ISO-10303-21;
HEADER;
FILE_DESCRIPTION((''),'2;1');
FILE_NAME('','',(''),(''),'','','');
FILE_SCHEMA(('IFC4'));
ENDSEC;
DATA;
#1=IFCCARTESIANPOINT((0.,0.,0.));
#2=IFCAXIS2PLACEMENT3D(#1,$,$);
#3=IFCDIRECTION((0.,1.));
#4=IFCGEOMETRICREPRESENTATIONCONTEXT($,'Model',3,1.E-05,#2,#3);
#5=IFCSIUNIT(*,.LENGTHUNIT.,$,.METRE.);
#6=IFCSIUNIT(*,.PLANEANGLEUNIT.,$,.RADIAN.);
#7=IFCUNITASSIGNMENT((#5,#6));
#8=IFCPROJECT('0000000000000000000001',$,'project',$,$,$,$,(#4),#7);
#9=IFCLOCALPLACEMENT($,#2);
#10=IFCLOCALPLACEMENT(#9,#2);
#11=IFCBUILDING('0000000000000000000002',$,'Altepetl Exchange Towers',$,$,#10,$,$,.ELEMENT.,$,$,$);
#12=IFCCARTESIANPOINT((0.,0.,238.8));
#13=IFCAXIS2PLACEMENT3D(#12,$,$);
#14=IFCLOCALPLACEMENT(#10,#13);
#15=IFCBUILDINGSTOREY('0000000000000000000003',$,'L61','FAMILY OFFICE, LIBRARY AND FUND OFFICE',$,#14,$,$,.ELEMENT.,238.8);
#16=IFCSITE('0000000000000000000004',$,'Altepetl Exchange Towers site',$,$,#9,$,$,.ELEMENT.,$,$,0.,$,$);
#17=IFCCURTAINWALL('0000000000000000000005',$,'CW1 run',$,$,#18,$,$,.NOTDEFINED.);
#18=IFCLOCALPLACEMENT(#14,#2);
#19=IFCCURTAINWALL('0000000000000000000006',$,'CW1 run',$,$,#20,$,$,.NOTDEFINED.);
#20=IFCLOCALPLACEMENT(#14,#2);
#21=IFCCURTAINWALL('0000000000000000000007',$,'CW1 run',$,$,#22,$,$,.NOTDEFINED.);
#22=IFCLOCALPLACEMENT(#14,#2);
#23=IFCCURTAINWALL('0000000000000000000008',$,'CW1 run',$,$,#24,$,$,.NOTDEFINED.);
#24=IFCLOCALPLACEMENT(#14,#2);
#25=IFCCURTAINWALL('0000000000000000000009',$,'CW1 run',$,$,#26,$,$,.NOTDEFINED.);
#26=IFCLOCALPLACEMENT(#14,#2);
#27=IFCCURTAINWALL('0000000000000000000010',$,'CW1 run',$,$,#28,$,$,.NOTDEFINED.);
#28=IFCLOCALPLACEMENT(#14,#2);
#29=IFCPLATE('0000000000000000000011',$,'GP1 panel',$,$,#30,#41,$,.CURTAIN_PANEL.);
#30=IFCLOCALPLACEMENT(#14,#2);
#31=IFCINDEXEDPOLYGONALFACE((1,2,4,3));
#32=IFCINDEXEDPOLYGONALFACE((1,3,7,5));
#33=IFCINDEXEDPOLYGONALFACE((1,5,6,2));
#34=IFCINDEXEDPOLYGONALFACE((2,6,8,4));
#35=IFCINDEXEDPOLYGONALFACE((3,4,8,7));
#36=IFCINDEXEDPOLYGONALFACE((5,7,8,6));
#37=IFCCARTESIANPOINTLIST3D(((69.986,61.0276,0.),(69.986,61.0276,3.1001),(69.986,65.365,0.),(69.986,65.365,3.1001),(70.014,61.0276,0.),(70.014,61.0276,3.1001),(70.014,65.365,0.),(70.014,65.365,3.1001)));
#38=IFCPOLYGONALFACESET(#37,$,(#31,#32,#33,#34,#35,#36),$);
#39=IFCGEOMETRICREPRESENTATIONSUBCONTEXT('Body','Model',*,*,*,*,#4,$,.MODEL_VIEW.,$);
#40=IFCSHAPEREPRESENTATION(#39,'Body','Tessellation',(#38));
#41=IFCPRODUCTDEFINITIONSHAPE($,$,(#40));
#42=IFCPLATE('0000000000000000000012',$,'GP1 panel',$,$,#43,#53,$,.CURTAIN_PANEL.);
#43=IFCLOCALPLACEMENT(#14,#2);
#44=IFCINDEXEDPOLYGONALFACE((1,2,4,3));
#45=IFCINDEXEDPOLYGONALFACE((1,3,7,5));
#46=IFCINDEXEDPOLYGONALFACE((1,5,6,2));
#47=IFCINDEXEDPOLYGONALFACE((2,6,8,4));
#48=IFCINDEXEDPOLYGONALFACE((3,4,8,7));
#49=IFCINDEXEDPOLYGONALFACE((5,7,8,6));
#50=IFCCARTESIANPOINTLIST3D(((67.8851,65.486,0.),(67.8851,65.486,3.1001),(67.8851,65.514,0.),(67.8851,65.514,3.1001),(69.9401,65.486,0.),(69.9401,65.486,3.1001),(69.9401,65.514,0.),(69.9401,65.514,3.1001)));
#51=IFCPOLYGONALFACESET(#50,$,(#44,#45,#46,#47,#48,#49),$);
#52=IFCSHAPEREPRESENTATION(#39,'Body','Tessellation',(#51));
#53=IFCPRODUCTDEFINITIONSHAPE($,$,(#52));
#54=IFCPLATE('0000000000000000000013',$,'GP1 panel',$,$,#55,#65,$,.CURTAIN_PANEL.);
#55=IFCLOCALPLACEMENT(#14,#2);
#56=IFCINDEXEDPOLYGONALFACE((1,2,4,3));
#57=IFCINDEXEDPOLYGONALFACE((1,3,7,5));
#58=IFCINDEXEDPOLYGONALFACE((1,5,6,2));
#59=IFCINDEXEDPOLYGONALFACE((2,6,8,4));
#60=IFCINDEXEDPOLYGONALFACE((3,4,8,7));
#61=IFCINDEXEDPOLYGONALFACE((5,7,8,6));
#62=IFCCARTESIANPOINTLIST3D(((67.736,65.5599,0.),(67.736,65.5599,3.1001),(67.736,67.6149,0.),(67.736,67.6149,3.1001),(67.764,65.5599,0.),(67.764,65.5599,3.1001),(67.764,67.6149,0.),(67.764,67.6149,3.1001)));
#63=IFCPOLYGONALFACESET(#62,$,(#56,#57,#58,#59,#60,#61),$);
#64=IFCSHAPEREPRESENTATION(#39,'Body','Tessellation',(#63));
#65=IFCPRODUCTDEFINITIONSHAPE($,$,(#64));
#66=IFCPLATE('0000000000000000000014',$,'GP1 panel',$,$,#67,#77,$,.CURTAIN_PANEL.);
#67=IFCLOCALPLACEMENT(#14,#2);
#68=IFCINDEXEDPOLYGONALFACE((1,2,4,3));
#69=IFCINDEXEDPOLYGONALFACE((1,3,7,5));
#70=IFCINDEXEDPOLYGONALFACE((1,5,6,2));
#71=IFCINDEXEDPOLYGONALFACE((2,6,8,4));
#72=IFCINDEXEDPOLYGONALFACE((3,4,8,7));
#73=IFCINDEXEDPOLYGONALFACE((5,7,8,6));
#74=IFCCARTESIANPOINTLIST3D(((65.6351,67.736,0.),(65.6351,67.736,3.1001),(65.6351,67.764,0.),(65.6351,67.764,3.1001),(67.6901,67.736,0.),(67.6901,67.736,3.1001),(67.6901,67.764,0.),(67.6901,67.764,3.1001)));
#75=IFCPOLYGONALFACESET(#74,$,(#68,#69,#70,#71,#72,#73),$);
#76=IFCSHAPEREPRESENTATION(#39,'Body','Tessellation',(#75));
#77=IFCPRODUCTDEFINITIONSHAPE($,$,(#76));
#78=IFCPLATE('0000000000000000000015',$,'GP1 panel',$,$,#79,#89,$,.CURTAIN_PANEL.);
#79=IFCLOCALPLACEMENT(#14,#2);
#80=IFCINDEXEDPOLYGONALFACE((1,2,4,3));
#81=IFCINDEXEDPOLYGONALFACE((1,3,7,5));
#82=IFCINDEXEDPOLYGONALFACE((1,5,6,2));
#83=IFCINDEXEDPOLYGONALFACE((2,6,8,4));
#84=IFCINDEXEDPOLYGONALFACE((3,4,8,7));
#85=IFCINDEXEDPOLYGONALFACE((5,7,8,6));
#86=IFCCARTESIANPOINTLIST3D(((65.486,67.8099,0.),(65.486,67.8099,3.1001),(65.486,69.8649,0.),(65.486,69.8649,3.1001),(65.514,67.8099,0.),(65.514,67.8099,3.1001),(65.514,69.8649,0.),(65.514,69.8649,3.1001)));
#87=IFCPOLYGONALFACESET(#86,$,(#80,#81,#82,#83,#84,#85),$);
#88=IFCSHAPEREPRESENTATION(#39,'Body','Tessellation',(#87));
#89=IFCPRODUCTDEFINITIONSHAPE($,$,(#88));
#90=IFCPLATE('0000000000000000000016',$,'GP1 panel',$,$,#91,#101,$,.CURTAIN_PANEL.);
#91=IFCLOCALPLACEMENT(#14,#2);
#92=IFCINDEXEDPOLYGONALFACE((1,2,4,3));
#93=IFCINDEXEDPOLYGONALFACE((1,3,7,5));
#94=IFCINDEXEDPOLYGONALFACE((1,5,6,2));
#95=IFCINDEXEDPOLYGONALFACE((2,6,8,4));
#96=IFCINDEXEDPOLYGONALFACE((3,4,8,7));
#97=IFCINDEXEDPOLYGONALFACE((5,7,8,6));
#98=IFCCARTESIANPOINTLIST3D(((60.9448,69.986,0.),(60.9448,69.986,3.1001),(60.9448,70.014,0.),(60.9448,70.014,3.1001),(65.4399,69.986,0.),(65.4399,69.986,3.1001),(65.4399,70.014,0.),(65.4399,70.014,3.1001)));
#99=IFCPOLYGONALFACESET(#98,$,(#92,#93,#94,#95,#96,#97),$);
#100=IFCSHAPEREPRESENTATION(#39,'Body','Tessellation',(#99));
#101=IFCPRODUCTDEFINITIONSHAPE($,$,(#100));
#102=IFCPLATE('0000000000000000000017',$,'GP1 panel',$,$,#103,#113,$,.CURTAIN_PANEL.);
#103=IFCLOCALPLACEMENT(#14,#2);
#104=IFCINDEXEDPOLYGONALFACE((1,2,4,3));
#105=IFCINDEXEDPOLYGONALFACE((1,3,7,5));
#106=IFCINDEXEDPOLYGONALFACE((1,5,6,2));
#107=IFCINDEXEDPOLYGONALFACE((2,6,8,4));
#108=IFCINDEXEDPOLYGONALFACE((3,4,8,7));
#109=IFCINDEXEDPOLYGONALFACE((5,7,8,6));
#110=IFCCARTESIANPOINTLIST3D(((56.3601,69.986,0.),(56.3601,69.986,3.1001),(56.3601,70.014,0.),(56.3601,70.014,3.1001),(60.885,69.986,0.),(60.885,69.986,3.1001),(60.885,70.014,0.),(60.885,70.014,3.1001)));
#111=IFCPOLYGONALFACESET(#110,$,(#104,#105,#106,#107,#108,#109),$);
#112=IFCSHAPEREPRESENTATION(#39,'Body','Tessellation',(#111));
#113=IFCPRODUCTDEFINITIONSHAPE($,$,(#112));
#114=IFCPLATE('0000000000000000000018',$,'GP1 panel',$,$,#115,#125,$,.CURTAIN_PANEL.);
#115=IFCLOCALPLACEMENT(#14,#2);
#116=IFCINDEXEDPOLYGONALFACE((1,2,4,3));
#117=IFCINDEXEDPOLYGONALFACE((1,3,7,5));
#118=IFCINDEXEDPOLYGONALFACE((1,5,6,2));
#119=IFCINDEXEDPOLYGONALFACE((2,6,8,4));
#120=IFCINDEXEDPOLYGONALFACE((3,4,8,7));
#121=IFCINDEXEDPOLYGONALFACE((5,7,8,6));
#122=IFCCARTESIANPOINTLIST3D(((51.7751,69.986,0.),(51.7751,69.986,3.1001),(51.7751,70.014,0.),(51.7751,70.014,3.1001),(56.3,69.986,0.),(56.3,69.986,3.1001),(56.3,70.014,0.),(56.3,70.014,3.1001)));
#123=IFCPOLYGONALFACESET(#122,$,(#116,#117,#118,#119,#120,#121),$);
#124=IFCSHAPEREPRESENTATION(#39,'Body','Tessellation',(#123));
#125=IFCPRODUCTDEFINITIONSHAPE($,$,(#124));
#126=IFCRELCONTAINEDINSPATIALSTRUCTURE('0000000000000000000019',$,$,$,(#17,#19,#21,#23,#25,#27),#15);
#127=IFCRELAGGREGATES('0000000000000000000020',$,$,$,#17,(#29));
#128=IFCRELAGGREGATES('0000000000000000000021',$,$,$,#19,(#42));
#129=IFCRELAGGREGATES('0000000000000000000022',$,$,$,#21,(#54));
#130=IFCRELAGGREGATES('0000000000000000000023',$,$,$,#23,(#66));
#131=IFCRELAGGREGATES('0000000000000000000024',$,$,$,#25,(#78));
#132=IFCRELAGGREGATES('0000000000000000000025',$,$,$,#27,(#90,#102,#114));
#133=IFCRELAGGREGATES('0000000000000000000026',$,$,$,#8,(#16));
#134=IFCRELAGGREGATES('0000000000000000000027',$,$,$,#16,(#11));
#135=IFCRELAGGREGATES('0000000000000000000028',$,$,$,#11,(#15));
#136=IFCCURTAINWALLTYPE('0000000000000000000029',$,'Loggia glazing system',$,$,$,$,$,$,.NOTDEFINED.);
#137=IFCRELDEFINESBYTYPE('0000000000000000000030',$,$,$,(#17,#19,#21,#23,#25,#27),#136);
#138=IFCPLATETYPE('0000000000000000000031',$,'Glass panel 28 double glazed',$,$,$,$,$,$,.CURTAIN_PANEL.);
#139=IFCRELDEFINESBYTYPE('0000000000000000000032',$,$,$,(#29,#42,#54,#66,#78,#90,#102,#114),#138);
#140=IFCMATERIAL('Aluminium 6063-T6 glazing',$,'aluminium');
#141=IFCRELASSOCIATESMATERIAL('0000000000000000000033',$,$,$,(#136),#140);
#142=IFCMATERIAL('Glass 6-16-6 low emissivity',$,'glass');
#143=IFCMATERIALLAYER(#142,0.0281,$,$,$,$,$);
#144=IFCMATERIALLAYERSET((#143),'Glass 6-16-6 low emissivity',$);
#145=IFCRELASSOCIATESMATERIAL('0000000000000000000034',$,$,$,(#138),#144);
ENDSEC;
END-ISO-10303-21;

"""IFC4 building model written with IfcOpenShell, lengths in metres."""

from ifc_helpers import new_model, si_unit, direction, frame, origin, origin_2d, place, context, subcontext, project, spatial, rectangle, extrude, material, layer, layer_set, type_object, element, aggregate, save


model = new_model("IFC4")

# Units and contexts
model_context = context("Model", 3, precision=1e-05, world=origin(), true_north=direction((0.0, 1.0)))
body_context = subcontext(model_context, "Body", "Model", "MODEL_VIEW")
ifc_project = project(units=[si_unit("LENGTHUNIT", "METRE"), si_unit("PLANEANGLEUNIT", "RADIAN")], contexts=[model_context])

# Site, building, storey
site_placement = place(None, origin())
site = spatial("IfcSite", under=ifc_project, at=site_placement, Name="Altepetl Exchange Towers site", CompositionType="ELEMENT", RefElevation=0.0)
building_placement = place(site_placement, origin())
building = spatial("IfcBuilding", under=site, at=building_placement, Name="Altepetl Exchange Towers", CompositionType="ELEMENT")
storey_placement = place(building_placement, frame((0.0, 0.0, 238.8)))
storey = spatial("IfcBuildingStorey", under=building, at=storey_placement, Name="L61", Description="FAMILY OFFICE, LIBRARY AND FUND OFFICE", CompositionType="ELEMENT", Elevation=238.8)

# Curtain wall
ifc_material_1 = material(Name="Aluminium 6063-T6 glazing", Category="aluminium")
curtain_wall_type = type_object("IfcCurtainWallType", Name="Loggia glazing system", PredefinedType="NOTDEFINED", material=ifc_material_1)
curtain_wall_1_placement = place(storey_placement, origin())
curtain_wall_1 = element("IfcCurtainWall", 1, at=curtain_wall_1_placement, inside=storey, type_object=curtain_wall_type, Name="CW1 run", PredefinedType="NOTDEFINED")

# Curtain walls
curtain_wall_2_placement = place(storey_placement, origin())
curtain_wall_2 = element("IfcCurtainWall", 2, at=curtain_wall_2_placement, inside=storey, type_object=curtain_wall_type, Name="CW1 run", PredefinedType="NOTDEFINED")
curtain_wall_3_placement = place(storey_placement, origin())
curtain_wall_3 = element("IfcCurtainWall", 3, at=curtain_wall_3_placement, inside=storey, type_object=curtain_wall_type, Name="CW1 run", PredefinedType="NOTDEFINED")
curtain_wall_4_placement = place(storey_placement, origin())
curtain_wall_4 = element("IfcCurtainWall", 4, at=curtain_wall_4_placement, inside=storey, type_object=curtain_wall_type, Name="CW1 run", PredefinedType="NOTDEFINED")
curtain_wall_5_placement = place(storey_placement, origin())
curtain_wall_5 = element("IfcCurtainWall", 5, at=curtain_wall_5_placement, inside=storey, type_object=curtain_wall_type, Name="CW1 run", PredefinedType="NOTDEFINED")
curtain_wall_6_placement = place(storey_placement, origin())
curtain_wall_6 = element("IfcCurtainWall", 6, at=curtain_wall_6_placement, inside=storey, type_object=curtain_wall_type, Name="CW1 run", PredefinedType="NOTDEFINED")

# Plates
ifc_material_2 = material(Name="Glass 6-16-6 low emissivity", Category="glass")
ifc_layer = layer(ifc_material_2, 0.0281)
ifc_layer_set = layer_set([ifc_layer], Name="Glass 6-16-6 low emissivity")
plate_type = type_object("IfcPlateType", Name="Glass panel 28 double glazed", PredefinedType="CURTAIN_PANEL", material=ifc_layer_set)
plate_1_placement = place(storey_placement, frame((70.0, 63.1963, 0.0), z_axis=(0.0, 0.0, 1.0), x_axis=(0.0, 1.0, 0.0)))
plate_1 = element("IfcPlate", 7, at=plate_1_placement, type_object=plate_type, Name="GP1 panel", PredefinedType="CURTAIN_PANEL", context=body_context, shape_type="SweptSolid", body=[
    extrude(rectangle(XDim=4.3374, YDim=0.0281, at=origin_2d()), origin(), (0.0, 0.0, 1.0), 3.1001),
])
aggregate(curtain_wall_1, [plate_1])
plate_2_placement = place(storey_placement, frame((68.9126, 65.5, 0.0), z_axis=(0.0, 0.0, 1.0), x_axis=(-1.0, 0.0, 0.0)))
plate_2 = element("IfcPlate", 8, at=plate_2_placement, type_object=plate_type, Name="GP1 panel", PredefinedType="CURTAIN_PANEL", context=body_context, shape_type="SweptSolid", body=[
    extrude(rectangle(XDim=2.0549, YDim=0.0281, at=origin_2d()), origin(), (0.0, 0.0, 1.0), 3.1001),
])
aggregate(curtain_wall_2, [plate_2])
plate_3_placement = place(storey_placement, frame((67.75, 66.5874, 0.0), z_axis=(0.0, 0.0, 1.0), x_axis=(0.0, 1.0, 0.0)))
plate_3 = element("IfcPlate", 9, at=plate_3_placement, type_object=plate_type, Name="GP1 panel", PredefinedType="CURTAIN_PANEL", context=body_context, shape_type="SweptSolid", body=[
    extrude(rectangle(XDim=2.0549, YDim=0.0281, at=origin_2d()), origin(), (0.0, 0.0, 1.0), 3.1001),
])
aggregate(curtain_wall_3, [plate_3])
plate_4_placement = place(storey_placement, frame((66.6626, 67.75, 0.0), z_axis=(0.0, 0.0, 1.0), x_axis=(-1.0, 0.0, 0.0)))
plate_4 = element("IfcPlate", 10, at=plate_4_placement, type_object=plate_type, Name="GP1 panel", PredefinedType="CURTAIN_PANEL", context=body_context, shape_type="SweptSolid", body=[
    extrude(rectangle(XDim=2.0549, YDim=0.0281, at=origin_2d()), origin(), (0.0, 0.0, 1.0), 3.1001),
])
aggregate(curtain_wall_4, [plate_4])
plate_5_placement = place(storey_placement, frame((65.5, 68.8374, 0.0), z_axis=(0.0, 0.0, 1.0), x_axis=(0.0, 1.0, 0.0)))
plate_5 = element("IfcPlate", 11, at=plate_5_placement, type_object=plate_type, Name="GP1 panel", PredefinedType="CURTAIN_PANEL", context=body_context, shape_type="SweptSolid", body=[
    extrude(rectangle(XDim=2.0549, YDim=0.0281, at=origin_2d()), origin(), (0.0, 0.0, 1.0), 3.1001),
])
aggregate(curtain_wall_5, [plate_5])
plate_6_placement = place(storey_placement, frame((63.1924, 70.0, 0.0), z_axis=(0.0, 0.0, 1.0), x_axis=(-1.0, 0.0, 0.0)))
plate_6 = element("IfcPlate", 12, at=plate_6_placement, type_object=plate_type, Name="GP1 panel", PredefinedType="CURTAIN_PANEL", context=body_context, shape_type="SweptSolid", body=[
    extrude(rectangle(XDim=4.4951, YDim=0.0281, at=origin_2d()), origin(), (0.0, 0.0, 1.0), 3.1001),
])
plate_7_placement = place(storey_placement, frame((58.6226, 70.0, 0.0), z_axis=(0.0, 0.0, 1.0), x_axis=(-1.0, 0.0, 0.0)))
plate_7 = element("IfcPlate", 13, at=plate_7_placement, type_object=plate_type, Name="GP1 panel", PredefinedType="CURTAIN_PANEL", context=body_context, shape_type="SweptSolid", body=[
    extrude(rectangle(XDim=4.5249, YDim=0.0281, at=origin_2d()), origin(), (0.0, 0.0, 1.0), 3.1001),
])
plate_8_placement = place(storey_placement, frame((54.0376, 70.0, 0.0), z_axis=(0.0, 0.0, 1.0), x_axis=(-1.0, 0.0, 0.0)))
plate_8 = element("IfcPlate", 14, at=plate_8_placement, type_object=plate_type, Name="GP1 panel", PredefinedType="CURTAIN_PANEL", context=body_context, shape_type="SweptSolid", body=[
    extrude(rectangle(XDim=4.5249, YDim=0.0281, at=origin_2d()), origin(), (0.0, 0.0, 1.0), 3.1001),
])
aggregate(curtain_wall_6, [plate_6, plate_7, plate_8])

save(model, "model.ifc")
